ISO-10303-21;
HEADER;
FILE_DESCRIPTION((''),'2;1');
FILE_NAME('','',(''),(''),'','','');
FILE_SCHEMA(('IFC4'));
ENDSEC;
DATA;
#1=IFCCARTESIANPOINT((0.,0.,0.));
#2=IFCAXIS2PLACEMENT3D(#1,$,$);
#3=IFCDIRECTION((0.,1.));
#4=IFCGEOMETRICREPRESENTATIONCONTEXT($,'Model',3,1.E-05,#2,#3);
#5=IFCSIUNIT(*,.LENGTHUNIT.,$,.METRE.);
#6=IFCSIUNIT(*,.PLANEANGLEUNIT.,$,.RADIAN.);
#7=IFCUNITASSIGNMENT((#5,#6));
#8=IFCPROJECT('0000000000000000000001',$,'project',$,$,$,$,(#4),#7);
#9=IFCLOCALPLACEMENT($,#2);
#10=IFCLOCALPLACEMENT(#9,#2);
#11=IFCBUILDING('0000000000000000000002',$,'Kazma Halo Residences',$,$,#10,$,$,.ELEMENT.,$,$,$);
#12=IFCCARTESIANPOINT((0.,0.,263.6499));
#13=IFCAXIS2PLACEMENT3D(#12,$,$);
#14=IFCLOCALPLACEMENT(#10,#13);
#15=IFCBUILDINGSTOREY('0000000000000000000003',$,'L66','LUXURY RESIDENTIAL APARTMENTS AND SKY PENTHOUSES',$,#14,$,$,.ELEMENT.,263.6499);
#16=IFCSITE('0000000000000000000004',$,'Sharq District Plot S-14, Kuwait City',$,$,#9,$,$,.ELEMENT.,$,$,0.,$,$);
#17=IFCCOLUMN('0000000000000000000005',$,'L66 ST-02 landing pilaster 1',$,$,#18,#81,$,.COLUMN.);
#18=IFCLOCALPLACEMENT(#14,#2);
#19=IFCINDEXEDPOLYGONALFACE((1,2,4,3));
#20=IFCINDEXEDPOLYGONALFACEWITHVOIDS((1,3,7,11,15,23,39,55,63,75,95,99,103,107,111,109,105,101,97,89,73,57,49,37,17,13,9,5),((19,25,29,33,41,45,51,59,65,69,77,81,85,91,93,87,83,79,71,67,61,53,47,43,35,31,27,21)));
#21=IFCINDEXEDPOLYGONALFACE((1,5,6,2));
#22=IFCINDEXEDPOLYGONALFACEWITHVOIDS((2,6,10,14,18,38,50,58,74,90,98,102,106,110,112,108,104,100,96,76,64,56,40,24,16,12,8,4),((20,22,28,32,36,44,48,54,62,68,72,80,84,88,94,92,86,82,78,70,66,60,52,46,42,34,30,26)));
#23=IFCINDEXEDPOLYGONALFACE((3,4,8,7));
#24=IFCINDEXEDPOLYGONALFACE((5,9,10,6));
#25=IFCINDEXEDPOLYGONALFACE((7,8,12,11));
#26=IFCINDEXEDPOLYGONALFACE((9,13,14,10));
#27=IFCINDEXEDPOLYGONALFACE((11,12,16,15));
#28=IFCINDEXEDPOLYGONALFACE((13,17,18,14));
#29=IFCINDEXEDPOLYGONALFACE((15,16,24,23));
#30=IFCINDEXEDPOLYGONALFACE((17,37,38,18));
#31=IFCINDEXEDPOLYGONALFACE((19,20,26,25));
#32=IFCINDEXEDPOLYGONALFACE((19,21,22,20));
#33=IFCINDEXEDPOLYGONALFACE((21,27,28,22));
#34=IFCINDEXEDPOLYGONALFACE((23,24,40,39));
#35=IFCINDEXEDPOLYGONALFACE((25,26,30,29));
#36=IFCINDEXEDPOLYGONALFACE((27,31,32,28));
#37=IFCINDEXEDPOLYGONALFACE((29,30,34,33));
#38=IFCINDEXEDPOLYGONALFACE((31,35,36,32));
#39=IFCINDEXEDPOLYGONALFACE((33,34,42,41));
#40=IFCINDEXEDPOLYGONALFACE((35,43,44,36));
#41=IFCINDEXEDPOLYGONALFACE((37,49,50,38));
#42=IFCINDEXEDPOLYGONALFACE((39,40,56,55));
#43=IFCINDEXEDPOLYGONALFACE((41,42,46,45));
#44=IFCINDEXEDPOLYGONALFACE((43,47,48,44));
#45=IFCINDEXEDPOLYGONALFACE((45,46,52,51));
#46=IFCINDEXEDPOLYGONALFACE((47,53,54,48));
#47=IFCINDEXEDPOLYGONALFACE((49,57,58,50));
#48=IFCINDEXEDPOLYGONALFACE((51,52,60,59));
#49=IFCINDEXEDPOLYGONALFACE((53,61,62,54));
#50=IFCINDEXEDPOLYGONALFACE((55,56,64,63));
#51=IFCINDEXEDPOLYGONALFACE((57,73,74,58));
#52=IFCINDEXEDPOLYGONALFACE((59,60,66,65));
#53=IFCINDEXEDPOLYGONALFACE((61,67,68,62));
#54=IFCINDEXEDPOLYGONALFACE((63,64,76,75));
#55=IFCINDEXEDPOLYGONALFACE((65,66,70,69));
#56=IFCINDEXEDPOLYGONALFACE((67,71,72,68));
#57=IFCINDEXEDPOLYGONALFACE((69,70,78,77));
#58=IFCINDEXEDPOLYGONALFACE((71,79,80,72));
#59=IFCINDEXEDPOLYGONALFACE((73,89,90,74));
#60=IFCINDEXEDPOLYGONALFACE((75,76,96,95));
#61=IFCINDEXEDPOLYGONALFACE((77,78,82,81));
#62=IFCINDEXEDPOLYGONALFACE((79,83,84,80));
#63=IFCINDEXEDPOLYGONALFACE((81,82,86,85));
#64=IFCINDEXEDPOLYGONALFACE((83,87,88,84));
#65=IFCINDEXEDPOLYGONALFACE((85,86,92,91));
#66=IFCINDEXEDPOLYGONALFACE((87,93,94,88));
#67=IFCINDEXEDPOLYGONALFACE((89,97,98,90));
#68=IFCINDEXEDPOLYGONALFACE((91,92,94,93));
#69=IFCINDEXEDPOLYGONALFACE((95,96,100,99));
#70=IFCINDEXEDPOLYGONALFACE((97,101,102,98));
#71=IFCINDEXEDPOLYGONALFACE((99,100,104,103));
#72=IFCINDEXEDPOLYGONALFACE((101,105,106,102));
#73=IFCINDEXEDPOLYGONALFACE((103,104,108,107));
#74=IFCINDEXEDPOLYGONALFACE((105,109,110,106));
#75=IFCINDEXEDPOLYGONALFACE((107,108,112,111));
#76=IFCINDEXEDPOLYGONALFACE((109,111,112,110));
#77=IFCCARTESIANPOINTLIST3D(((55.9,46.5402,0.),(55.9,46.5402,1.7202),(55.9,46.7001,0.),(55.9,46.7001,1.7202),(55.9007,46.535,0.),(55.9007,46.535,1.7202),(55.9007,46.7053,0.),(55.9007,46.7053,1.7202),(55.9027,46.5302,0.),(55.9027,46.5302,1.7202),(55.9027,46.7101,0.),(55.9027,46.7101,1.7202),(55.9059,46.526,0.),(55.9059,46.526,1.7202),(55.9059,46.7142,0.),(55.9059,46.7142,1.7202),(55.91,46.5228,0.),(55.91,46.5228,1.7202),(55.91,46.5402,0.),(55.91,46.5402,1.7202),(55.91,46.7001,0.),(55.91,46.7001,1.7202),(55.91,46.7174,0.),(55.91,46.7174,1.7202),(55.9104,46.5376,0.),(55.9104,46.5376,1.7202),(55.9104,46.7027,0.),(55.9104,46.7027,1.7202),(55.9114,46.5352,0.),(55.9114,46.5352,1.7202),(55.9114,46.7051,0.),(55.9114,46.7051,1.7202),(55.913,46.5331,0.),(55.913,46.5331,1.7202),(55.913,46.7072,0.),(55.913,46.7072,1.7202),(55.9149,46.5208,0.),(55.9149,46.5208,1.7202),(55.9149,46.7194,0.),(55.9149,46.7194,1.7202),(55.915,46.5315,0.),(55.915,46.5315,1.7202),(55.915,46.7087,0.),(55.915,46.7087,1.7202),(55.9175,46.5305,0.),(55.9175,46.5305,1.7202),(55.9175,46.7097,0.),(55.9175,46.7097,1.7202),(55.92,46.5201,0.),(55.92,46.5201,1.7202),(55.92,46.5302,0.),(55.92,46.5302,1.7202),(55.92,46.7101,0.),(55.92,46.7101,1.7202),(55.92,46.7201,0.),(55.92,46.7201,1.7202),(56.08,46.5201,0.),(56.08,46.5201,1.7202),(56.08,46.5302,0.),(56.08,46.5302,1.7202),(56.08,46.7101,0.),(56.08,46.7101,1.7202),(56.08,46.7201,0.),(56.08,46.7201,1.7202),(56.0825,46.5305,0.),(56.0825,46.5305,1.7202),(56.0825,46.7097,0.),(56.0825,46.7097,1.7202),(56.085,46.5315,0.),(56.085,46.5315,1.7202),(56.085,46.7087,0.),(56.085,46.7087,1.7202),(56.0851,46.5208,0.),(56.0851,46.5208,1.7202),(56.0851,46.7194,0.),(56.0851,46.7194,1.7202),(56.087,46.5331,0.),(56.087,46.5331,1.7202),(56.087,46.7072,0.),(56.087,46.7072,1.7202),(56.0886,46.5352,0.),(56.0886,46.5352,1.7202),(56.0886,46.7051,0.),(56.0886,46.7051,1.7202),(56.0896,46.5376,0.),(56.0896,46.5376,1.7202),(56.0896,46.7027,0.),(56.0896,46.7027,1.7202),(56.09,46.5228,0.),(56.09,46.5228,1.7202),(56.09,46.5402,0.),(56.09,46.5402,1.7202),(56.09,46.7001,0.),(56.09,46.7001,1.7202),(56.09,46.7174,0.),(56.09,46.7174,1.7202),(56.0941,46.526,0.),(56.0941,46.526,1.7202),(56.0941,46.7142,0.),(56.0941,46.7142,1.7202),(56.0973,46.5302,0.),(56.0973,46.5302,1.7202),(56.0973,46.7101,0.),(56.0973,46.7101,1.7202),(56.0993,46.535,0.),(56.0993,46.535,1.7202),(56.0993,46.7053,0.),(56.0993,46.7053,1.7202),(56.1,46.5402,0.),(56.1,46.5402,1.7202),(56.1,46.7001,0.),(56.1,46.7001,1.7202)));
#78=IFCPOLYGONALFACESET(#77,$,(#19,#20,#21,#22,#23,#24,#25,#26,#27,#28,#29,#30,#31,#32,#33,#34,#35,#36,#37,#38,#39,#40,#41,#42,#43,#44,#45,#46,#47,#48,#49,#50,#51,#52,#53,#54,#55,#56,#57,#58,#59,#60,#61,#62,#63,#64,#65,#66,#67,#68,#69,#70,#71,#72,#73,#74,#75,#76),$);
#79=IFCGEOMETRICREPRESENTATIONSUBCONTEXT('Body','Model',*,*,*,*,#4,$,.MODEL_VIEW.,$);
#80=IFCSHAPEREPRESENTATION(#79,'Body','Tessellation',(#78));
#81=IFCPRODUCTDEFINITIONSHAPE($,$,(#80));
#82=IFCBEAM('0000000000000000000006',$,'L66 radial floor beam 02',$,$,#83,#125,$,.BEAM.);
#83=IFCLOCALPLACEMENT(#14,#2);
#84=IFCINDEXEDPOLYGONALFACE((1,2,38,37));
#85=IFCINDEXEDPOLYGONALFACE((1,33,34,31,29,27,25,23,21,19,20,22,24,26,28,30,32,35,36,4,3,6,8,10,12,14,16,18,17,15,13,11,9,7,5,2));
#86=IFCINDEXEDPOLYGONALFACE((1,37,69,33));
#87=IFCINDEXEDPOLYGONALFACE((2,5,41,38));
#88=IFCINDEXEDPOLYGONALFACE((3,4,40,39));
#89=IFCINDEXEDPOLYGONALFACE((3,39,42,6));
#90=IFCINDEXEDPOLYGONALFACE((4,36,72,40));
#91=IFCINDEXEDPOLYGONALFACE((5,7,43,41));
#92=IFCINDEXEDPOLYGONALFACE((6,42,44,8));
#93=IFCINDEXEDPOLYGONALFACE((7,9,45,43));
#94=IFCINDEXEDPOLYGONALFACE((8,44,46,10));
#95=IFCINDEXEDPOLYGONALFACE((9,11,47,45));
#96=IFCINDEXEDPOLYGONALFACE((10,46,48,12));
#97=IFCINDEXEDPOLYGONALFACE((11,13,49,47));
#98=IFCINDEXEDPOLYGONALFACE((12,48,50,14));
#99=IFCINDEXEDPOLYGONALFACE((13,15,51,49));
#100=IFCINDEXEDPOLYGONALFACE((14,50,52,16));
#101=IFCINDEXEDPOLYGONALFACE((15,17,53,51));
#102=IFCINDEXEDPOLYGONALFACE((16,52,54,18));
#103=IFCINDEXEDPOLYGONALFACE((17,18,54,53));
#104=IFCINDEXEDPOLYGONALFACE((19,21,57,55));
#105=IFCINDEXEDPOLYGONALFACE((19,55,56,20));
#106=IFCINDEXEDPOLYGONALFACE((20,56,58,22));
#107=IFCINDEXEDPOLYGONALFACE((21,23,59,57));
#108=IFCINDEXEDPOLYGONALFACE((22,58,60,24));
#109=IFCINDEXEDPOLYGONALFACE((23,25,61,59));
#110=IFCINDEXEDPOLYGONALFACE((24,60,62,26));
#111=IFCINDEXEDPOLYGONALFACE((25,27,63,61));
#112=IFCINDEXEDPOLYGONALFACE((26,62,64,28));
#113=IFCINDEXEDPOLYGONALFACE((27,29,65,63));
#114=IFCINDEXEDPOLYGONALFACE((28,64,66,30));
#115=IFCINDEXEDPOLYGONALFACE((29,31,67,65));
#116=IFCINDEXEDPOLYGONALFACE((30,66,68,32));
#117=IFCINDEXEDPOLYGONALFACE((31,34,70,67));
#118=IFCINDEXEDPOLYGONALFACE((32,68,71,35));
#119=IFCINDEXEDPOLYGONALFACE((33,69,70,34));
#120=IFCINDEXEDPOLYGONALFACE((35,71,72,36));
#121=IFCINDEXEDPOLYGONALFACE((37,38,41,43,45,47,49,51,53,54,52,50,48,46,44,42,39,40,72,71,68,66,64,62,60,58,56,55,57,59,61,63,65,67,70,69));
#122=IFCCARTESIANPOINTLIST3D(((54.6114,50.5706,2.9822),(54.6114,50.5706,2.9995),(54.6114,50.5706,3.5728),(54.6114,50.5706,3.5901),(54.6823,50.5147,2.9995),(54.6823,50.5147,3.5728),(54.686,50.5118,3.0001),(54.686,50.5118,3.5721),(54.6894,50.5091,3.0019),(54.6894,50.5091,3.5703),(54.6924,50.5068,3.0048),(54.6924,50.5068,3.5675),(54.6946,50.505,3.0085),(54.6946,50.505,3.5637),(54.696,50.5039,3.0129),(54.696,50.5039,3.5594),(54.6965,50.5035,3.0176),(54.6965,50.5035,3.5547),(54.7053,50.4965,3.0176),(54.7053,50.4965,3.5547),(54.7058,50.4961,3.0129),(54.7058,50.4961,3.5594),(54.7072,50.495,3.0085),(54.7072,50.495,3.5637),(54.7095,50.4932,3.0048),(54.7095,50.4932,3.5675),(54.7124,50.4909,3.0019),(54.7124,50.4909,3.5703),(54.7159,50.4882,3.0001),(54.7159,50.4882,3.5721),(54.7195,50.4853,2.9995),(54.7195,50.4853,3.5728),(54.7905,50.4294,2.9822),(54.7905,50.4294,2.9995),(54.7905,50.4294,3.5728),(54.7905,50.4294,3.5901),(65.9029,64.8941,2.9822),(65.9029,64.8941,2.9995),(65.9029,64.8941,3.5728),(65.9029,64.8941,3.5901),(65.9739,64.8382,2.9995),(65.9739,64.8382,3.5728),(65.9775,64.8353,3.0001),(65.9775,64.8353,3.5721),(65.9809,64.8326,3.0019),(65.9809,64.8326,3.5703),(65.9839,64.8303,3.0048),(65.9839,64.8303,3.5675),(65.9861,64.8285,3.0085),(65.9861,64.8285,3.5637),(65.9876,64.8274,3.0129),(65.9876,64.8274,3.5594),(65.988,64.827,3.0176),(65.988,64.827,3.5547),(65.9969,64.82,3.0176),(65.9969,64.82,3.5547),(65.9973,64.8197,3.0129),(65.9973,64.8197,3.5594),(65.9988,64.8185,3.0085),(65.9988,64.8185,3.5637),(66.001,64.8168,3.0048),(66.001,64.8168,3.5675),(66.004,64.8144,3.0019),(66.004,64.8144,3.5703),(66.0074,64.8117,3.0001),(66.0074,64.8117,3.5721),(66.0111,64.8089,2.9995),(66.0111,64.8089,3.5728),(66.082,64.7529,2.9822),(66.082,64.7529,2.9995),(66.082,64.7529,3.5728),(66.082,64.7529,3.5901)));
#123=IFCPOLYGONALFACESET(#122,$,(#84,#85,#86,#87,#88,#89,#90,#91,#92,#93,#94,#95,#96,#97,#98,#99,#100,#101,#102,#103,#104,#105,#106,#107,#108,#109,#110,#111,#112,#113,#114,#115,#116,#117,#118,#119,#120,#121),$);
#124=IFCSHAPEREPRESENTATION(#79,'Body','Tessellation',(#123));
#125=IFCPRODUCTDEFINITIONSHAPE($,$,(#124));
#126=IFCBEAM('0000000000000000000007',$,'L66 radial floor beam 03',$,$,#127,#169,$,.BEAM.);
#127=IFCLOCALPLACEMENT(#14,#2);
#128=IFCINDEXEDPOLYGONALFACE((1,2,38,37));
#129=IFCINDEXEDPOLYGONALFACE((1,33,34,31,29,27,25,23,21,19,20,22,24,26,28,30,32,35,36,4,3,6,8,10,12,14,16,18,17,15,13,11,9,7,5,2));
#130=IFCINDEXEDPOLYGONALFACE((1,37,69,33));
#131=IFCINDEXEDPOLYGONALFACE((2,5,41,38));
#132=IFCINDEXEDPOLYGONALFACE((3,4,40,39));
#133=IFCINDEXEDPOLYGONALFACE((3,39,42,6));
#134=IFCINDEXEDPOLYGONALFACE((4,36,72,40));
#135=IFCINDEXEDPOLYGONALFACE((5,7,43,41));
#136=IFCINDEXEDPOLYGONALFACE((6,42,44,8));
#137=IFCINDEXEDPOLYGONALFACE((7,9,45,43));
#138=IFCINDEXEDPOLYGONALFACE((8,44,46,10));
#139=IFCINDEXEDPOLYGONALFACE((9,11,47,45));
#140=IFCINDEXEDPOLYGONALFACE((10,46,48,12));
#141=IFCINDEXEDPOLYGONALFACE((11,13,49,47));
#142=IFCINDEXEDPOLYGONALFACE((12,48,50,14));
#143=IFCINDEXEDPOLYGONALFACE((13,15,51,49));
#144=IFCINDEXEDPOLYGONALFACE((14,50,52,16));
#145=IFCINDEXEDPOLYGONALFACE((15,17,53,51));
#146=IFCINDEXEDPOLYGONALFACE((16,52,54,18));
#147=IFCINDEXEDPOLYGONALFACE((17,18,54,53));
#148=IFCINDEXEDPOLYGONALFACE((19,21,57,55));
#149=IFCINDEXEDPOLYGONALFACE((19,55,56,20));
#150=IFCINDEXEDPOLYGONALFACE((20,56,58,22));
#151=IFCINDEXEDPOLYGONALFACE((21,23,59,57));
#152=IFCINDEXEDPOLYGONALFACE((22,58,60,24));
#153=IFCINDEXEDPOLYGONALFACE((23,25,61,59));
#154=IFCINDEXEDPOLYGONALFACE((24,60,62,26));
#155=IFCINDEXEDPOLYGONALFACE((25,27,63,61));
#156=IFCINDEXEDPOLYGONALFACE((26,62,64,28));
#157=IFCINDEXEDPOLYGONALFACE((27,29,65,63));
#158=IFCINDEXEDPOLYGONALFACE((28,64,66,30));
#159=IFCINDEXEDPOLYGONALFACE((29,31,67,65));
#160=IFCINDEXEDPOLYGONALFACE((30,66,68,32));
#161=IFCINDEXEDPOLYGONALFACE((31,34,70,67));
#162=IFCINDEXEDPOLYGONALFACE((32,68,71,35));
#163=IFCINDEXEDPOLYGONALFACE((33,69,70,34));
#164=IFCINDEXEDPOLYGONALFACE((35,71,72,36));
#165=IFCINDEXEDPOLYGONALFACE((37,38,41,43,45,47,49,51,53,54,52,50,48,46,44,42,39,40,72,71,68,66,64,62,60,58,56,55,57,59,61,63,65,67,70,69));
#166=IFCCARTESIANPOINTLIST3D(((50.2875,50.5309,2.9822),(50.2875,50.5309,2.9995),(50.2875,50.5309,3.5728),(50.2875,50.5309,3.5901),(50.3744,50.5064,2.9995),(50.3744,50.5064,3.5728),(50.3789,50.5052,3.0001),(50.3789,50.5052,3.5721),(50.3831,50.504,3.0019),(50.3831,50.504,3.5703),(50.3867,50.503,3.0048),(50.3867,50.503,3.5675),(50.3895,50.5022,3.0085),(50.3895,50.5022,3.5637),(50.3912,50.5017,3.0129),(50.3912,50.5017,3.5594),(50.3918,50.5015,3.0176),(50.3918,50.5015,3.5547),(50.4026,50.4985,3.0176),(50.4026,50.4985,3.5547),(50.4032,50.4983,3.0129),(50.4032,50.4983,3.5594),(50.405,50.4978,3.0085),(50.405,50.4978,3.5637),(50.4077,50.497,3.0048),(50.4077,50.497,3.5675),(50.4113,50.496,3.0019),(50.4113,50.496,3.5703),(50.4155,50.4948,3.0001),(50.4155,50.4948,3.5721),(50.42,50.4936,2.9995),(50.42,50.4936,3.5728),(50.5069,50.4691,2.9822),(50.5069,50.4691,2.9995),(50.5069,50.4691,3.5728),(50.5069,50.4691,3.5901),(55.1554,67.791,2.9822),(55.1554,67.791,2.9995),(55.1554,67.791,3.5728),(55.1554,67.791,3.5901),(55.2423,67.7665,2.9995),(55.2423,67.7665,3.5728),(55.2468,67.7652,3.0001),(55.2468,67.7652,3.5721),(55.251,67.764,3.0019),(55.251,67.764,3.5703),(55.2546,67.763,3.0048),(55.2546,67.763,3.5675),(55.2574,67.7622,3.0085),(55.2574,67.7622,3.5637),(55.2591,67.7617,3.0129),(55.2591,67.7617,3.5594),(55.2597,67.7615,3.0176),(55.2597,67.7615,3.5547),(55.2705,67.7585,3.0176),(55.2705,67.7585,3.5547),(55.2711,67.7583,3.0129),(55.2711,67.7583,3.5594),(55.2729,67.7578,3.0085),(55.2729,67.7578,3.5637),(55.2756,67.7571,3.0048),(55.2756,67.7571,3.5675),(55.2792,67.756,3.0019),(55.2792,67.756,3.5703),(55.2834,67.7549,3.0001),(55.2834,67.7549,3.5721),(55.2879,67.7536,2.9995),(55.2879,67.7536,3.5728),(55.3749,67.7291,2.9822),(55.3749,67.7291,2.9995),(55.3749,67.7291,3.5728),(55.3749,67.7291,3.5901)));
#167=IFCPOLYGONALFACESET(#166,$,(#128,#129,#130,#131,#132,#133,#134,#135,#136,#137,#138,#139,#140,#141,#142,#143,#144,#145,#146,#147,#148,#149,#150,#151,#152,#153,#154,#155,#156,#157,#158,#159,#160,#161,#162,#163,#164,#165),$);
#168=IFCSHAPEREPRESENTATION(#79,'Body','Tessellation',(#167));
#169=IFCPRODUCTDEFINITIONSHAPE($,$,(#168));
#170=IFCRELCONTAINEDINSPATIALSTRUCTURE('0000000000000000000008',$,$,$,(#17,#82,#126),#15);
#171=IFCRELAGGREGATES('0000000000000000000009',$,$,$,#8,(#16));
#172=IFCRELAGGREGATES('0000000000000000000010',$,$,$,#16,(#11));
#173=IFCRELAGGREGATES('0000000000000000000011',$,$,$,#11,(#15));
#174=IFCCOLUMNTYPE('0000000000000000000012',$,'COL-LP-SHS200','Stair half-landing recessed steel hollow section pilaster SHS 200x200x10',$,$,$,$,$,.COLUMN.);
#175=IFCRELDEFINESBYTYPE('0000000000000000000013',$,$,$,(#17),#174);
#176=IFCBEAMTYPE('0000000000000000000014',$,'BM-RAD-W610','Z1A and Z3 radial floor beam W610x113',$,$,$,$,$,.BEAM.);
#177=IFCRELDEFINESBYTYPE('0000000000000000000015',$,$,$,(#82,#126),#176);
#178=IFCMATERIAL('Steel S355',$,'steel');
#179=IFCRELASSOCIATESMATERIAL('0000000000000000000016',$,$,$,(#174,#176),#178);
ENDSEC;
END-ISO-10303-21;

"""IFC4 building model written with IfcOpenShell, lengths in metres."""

from ifc_helpers import new_model, si_unit, direction, frame, origin, origin_2d, place, context, subcontext, project, spatial, hollow_rectangle, i_section, extrude, material, material_profile, profile_set, type_object, element, save


model = new_model("IFC4")

# Units and contexts
model_context = context("Model", 3, precision=1e-05, world=origin(), true_north=direction((0.0, 1.0)))
body_context = subcontext(model_context, "Body", "Model", "MODEL_VIEW")
ifc_project = project(units=[si_unit("LENGTHUNIT", "METRE"), si_unit("PLANEANGLEUNIT", "RADIAN")], contexts=[model_context])

# Site, building, storey
site_placement = place(None, origin())
site = spatial("IfcSite", under=ifc_project, at=site_placement, Name="Sharq District Plot S-14, Kuwait City", CompositionType="ELEMENT", RefElevation=0.0)
building_placement = place(site_placement, origin())
building = spatial("IfcBuilding", under=site, at=building_placement, Name="Kazma Halo Residences", CompositionType="ELEMENT")
storey_placement = place(building_placement, frame((0.0, 0.0, 263.6499)))
storey = spatial("IfcBuildingStorey", under=building, at=storey_placement, Name="L66", Description="LUXURY RESIDENTIAL APARTMENTS AND SKY PENTHOUSES", CompositionType="ELEMENT", Elevation=263.6499)

# Column
ifc_material_1 = material(Name="Steel S355", Category="steel")
ifc_material_profile_1 = material_profile(ifc_material_1, hollow_rectangle(XDim=0.2, YDim=0.2, WallThickness=0.01, InnerFilletRadius=0.01, OuterFilletRadius=0.02, at=origin_2d()), Name="SHS200x200x10")
ifc_profile_set_1 = profile_set([ifc_material_profile_1], Name="Steel S355")
column_type = type_object("IfcColumnType", Name="COL-LP-SHS200", Description="Stair half-landing recessed steel hollow section pilaster SHS 200x200x10", PredefinedType="COLUMN", material=ifc_profile_set_1)
column_placement = place(storey_placement, frame((56.0, 46.6201, 0.0), z_axis=(0.0, 0.0, 1.0), x_axis=(1.0, 0.0, 0.0)))
element("IfcColumn", 1, at=column_placement, inside=storey, type_object=column_type, Name="L66 ST-02 landing pilaster 1", PredefinedType="COLUMN", context=body_context, shape_type="SweptSolid", body=[
    extrude(hollow_rectangle(XDim=0.2, YDim=0.2, WallThickness=0.01, InnerFilletRadius=0.01, OuterFilletRadius=0.02, at=origin_2d()), origin(), (0.0, 0.0, 1.0), 1.7202),
])

# Beams
ifc_material_profile_2 = material_profile(ifc_material_1, i_section(OverallWidth=0.228, OverallDepth=0.6079, WebThickness=0.0112, FlangeThickness=0.0173, FilletRadius=0.0181, at=origin_2d()), Name="W610x113")
ifc_profile_set_2 = profile_set([ifc_material_profile_2], Name="Steel S355")
beam_type_1 = type_object("IfcBeamType", Name="BM-RAD-W610", Description="Z1A and Z3 radial floor beam W610x113", PredefinedType="BEAM", material=ifc_profile_set_2)
beam_1_placement = place(storey_placement, frame((54.7009, 50.5, 3.2861), z_axis=(0.619086, 0.785323, 0.0), x_axis=(-0.785323, 0.619086, 0.0)))
element("IfcBeam", 2, at=beam_1_placement, inside=storey, type_object=beam_type_1, Name="L66 radial floor beam 02", PredefinedType="BEAM", context=body_context, shape_type="SweptSolid", body=[
    extrude(i_section(OverallWidth=0.228, OverallDepth=0.6079, WebThickness=0.0112, FlangeThickness=0.0173, FilletRadius=0.0181, at=origin_2d()), origin(), (0.0, 0.0, 1.0), 18.239),
])
beam_2_placement = place(storey_placement, frame((50.3972, 50.5, 3.2861), z_axis=(0.271445, 0.962454, 0.0), x_axis=(-0.962454, 0.271445, 0.0)))
element("IfcBeam", 3, at=beam_2_placement, inside=storey, type_object=beam_type_1, Name="L66 radial floor beam 03", PredefinedType="BEAM", context=body_context, shape_type="SweptSolid", body=[
    extrude(i_section(OverallWidth=0.228, OverallDepth=0.6079, WebThickness=0.0112, FlangeThickness=0.0173, FilletRadius=0.0181, at=origin_2d()), origin(), (0.0, 0.0, 1.0), 17.9333),
])

save(model, "model.ifc")
